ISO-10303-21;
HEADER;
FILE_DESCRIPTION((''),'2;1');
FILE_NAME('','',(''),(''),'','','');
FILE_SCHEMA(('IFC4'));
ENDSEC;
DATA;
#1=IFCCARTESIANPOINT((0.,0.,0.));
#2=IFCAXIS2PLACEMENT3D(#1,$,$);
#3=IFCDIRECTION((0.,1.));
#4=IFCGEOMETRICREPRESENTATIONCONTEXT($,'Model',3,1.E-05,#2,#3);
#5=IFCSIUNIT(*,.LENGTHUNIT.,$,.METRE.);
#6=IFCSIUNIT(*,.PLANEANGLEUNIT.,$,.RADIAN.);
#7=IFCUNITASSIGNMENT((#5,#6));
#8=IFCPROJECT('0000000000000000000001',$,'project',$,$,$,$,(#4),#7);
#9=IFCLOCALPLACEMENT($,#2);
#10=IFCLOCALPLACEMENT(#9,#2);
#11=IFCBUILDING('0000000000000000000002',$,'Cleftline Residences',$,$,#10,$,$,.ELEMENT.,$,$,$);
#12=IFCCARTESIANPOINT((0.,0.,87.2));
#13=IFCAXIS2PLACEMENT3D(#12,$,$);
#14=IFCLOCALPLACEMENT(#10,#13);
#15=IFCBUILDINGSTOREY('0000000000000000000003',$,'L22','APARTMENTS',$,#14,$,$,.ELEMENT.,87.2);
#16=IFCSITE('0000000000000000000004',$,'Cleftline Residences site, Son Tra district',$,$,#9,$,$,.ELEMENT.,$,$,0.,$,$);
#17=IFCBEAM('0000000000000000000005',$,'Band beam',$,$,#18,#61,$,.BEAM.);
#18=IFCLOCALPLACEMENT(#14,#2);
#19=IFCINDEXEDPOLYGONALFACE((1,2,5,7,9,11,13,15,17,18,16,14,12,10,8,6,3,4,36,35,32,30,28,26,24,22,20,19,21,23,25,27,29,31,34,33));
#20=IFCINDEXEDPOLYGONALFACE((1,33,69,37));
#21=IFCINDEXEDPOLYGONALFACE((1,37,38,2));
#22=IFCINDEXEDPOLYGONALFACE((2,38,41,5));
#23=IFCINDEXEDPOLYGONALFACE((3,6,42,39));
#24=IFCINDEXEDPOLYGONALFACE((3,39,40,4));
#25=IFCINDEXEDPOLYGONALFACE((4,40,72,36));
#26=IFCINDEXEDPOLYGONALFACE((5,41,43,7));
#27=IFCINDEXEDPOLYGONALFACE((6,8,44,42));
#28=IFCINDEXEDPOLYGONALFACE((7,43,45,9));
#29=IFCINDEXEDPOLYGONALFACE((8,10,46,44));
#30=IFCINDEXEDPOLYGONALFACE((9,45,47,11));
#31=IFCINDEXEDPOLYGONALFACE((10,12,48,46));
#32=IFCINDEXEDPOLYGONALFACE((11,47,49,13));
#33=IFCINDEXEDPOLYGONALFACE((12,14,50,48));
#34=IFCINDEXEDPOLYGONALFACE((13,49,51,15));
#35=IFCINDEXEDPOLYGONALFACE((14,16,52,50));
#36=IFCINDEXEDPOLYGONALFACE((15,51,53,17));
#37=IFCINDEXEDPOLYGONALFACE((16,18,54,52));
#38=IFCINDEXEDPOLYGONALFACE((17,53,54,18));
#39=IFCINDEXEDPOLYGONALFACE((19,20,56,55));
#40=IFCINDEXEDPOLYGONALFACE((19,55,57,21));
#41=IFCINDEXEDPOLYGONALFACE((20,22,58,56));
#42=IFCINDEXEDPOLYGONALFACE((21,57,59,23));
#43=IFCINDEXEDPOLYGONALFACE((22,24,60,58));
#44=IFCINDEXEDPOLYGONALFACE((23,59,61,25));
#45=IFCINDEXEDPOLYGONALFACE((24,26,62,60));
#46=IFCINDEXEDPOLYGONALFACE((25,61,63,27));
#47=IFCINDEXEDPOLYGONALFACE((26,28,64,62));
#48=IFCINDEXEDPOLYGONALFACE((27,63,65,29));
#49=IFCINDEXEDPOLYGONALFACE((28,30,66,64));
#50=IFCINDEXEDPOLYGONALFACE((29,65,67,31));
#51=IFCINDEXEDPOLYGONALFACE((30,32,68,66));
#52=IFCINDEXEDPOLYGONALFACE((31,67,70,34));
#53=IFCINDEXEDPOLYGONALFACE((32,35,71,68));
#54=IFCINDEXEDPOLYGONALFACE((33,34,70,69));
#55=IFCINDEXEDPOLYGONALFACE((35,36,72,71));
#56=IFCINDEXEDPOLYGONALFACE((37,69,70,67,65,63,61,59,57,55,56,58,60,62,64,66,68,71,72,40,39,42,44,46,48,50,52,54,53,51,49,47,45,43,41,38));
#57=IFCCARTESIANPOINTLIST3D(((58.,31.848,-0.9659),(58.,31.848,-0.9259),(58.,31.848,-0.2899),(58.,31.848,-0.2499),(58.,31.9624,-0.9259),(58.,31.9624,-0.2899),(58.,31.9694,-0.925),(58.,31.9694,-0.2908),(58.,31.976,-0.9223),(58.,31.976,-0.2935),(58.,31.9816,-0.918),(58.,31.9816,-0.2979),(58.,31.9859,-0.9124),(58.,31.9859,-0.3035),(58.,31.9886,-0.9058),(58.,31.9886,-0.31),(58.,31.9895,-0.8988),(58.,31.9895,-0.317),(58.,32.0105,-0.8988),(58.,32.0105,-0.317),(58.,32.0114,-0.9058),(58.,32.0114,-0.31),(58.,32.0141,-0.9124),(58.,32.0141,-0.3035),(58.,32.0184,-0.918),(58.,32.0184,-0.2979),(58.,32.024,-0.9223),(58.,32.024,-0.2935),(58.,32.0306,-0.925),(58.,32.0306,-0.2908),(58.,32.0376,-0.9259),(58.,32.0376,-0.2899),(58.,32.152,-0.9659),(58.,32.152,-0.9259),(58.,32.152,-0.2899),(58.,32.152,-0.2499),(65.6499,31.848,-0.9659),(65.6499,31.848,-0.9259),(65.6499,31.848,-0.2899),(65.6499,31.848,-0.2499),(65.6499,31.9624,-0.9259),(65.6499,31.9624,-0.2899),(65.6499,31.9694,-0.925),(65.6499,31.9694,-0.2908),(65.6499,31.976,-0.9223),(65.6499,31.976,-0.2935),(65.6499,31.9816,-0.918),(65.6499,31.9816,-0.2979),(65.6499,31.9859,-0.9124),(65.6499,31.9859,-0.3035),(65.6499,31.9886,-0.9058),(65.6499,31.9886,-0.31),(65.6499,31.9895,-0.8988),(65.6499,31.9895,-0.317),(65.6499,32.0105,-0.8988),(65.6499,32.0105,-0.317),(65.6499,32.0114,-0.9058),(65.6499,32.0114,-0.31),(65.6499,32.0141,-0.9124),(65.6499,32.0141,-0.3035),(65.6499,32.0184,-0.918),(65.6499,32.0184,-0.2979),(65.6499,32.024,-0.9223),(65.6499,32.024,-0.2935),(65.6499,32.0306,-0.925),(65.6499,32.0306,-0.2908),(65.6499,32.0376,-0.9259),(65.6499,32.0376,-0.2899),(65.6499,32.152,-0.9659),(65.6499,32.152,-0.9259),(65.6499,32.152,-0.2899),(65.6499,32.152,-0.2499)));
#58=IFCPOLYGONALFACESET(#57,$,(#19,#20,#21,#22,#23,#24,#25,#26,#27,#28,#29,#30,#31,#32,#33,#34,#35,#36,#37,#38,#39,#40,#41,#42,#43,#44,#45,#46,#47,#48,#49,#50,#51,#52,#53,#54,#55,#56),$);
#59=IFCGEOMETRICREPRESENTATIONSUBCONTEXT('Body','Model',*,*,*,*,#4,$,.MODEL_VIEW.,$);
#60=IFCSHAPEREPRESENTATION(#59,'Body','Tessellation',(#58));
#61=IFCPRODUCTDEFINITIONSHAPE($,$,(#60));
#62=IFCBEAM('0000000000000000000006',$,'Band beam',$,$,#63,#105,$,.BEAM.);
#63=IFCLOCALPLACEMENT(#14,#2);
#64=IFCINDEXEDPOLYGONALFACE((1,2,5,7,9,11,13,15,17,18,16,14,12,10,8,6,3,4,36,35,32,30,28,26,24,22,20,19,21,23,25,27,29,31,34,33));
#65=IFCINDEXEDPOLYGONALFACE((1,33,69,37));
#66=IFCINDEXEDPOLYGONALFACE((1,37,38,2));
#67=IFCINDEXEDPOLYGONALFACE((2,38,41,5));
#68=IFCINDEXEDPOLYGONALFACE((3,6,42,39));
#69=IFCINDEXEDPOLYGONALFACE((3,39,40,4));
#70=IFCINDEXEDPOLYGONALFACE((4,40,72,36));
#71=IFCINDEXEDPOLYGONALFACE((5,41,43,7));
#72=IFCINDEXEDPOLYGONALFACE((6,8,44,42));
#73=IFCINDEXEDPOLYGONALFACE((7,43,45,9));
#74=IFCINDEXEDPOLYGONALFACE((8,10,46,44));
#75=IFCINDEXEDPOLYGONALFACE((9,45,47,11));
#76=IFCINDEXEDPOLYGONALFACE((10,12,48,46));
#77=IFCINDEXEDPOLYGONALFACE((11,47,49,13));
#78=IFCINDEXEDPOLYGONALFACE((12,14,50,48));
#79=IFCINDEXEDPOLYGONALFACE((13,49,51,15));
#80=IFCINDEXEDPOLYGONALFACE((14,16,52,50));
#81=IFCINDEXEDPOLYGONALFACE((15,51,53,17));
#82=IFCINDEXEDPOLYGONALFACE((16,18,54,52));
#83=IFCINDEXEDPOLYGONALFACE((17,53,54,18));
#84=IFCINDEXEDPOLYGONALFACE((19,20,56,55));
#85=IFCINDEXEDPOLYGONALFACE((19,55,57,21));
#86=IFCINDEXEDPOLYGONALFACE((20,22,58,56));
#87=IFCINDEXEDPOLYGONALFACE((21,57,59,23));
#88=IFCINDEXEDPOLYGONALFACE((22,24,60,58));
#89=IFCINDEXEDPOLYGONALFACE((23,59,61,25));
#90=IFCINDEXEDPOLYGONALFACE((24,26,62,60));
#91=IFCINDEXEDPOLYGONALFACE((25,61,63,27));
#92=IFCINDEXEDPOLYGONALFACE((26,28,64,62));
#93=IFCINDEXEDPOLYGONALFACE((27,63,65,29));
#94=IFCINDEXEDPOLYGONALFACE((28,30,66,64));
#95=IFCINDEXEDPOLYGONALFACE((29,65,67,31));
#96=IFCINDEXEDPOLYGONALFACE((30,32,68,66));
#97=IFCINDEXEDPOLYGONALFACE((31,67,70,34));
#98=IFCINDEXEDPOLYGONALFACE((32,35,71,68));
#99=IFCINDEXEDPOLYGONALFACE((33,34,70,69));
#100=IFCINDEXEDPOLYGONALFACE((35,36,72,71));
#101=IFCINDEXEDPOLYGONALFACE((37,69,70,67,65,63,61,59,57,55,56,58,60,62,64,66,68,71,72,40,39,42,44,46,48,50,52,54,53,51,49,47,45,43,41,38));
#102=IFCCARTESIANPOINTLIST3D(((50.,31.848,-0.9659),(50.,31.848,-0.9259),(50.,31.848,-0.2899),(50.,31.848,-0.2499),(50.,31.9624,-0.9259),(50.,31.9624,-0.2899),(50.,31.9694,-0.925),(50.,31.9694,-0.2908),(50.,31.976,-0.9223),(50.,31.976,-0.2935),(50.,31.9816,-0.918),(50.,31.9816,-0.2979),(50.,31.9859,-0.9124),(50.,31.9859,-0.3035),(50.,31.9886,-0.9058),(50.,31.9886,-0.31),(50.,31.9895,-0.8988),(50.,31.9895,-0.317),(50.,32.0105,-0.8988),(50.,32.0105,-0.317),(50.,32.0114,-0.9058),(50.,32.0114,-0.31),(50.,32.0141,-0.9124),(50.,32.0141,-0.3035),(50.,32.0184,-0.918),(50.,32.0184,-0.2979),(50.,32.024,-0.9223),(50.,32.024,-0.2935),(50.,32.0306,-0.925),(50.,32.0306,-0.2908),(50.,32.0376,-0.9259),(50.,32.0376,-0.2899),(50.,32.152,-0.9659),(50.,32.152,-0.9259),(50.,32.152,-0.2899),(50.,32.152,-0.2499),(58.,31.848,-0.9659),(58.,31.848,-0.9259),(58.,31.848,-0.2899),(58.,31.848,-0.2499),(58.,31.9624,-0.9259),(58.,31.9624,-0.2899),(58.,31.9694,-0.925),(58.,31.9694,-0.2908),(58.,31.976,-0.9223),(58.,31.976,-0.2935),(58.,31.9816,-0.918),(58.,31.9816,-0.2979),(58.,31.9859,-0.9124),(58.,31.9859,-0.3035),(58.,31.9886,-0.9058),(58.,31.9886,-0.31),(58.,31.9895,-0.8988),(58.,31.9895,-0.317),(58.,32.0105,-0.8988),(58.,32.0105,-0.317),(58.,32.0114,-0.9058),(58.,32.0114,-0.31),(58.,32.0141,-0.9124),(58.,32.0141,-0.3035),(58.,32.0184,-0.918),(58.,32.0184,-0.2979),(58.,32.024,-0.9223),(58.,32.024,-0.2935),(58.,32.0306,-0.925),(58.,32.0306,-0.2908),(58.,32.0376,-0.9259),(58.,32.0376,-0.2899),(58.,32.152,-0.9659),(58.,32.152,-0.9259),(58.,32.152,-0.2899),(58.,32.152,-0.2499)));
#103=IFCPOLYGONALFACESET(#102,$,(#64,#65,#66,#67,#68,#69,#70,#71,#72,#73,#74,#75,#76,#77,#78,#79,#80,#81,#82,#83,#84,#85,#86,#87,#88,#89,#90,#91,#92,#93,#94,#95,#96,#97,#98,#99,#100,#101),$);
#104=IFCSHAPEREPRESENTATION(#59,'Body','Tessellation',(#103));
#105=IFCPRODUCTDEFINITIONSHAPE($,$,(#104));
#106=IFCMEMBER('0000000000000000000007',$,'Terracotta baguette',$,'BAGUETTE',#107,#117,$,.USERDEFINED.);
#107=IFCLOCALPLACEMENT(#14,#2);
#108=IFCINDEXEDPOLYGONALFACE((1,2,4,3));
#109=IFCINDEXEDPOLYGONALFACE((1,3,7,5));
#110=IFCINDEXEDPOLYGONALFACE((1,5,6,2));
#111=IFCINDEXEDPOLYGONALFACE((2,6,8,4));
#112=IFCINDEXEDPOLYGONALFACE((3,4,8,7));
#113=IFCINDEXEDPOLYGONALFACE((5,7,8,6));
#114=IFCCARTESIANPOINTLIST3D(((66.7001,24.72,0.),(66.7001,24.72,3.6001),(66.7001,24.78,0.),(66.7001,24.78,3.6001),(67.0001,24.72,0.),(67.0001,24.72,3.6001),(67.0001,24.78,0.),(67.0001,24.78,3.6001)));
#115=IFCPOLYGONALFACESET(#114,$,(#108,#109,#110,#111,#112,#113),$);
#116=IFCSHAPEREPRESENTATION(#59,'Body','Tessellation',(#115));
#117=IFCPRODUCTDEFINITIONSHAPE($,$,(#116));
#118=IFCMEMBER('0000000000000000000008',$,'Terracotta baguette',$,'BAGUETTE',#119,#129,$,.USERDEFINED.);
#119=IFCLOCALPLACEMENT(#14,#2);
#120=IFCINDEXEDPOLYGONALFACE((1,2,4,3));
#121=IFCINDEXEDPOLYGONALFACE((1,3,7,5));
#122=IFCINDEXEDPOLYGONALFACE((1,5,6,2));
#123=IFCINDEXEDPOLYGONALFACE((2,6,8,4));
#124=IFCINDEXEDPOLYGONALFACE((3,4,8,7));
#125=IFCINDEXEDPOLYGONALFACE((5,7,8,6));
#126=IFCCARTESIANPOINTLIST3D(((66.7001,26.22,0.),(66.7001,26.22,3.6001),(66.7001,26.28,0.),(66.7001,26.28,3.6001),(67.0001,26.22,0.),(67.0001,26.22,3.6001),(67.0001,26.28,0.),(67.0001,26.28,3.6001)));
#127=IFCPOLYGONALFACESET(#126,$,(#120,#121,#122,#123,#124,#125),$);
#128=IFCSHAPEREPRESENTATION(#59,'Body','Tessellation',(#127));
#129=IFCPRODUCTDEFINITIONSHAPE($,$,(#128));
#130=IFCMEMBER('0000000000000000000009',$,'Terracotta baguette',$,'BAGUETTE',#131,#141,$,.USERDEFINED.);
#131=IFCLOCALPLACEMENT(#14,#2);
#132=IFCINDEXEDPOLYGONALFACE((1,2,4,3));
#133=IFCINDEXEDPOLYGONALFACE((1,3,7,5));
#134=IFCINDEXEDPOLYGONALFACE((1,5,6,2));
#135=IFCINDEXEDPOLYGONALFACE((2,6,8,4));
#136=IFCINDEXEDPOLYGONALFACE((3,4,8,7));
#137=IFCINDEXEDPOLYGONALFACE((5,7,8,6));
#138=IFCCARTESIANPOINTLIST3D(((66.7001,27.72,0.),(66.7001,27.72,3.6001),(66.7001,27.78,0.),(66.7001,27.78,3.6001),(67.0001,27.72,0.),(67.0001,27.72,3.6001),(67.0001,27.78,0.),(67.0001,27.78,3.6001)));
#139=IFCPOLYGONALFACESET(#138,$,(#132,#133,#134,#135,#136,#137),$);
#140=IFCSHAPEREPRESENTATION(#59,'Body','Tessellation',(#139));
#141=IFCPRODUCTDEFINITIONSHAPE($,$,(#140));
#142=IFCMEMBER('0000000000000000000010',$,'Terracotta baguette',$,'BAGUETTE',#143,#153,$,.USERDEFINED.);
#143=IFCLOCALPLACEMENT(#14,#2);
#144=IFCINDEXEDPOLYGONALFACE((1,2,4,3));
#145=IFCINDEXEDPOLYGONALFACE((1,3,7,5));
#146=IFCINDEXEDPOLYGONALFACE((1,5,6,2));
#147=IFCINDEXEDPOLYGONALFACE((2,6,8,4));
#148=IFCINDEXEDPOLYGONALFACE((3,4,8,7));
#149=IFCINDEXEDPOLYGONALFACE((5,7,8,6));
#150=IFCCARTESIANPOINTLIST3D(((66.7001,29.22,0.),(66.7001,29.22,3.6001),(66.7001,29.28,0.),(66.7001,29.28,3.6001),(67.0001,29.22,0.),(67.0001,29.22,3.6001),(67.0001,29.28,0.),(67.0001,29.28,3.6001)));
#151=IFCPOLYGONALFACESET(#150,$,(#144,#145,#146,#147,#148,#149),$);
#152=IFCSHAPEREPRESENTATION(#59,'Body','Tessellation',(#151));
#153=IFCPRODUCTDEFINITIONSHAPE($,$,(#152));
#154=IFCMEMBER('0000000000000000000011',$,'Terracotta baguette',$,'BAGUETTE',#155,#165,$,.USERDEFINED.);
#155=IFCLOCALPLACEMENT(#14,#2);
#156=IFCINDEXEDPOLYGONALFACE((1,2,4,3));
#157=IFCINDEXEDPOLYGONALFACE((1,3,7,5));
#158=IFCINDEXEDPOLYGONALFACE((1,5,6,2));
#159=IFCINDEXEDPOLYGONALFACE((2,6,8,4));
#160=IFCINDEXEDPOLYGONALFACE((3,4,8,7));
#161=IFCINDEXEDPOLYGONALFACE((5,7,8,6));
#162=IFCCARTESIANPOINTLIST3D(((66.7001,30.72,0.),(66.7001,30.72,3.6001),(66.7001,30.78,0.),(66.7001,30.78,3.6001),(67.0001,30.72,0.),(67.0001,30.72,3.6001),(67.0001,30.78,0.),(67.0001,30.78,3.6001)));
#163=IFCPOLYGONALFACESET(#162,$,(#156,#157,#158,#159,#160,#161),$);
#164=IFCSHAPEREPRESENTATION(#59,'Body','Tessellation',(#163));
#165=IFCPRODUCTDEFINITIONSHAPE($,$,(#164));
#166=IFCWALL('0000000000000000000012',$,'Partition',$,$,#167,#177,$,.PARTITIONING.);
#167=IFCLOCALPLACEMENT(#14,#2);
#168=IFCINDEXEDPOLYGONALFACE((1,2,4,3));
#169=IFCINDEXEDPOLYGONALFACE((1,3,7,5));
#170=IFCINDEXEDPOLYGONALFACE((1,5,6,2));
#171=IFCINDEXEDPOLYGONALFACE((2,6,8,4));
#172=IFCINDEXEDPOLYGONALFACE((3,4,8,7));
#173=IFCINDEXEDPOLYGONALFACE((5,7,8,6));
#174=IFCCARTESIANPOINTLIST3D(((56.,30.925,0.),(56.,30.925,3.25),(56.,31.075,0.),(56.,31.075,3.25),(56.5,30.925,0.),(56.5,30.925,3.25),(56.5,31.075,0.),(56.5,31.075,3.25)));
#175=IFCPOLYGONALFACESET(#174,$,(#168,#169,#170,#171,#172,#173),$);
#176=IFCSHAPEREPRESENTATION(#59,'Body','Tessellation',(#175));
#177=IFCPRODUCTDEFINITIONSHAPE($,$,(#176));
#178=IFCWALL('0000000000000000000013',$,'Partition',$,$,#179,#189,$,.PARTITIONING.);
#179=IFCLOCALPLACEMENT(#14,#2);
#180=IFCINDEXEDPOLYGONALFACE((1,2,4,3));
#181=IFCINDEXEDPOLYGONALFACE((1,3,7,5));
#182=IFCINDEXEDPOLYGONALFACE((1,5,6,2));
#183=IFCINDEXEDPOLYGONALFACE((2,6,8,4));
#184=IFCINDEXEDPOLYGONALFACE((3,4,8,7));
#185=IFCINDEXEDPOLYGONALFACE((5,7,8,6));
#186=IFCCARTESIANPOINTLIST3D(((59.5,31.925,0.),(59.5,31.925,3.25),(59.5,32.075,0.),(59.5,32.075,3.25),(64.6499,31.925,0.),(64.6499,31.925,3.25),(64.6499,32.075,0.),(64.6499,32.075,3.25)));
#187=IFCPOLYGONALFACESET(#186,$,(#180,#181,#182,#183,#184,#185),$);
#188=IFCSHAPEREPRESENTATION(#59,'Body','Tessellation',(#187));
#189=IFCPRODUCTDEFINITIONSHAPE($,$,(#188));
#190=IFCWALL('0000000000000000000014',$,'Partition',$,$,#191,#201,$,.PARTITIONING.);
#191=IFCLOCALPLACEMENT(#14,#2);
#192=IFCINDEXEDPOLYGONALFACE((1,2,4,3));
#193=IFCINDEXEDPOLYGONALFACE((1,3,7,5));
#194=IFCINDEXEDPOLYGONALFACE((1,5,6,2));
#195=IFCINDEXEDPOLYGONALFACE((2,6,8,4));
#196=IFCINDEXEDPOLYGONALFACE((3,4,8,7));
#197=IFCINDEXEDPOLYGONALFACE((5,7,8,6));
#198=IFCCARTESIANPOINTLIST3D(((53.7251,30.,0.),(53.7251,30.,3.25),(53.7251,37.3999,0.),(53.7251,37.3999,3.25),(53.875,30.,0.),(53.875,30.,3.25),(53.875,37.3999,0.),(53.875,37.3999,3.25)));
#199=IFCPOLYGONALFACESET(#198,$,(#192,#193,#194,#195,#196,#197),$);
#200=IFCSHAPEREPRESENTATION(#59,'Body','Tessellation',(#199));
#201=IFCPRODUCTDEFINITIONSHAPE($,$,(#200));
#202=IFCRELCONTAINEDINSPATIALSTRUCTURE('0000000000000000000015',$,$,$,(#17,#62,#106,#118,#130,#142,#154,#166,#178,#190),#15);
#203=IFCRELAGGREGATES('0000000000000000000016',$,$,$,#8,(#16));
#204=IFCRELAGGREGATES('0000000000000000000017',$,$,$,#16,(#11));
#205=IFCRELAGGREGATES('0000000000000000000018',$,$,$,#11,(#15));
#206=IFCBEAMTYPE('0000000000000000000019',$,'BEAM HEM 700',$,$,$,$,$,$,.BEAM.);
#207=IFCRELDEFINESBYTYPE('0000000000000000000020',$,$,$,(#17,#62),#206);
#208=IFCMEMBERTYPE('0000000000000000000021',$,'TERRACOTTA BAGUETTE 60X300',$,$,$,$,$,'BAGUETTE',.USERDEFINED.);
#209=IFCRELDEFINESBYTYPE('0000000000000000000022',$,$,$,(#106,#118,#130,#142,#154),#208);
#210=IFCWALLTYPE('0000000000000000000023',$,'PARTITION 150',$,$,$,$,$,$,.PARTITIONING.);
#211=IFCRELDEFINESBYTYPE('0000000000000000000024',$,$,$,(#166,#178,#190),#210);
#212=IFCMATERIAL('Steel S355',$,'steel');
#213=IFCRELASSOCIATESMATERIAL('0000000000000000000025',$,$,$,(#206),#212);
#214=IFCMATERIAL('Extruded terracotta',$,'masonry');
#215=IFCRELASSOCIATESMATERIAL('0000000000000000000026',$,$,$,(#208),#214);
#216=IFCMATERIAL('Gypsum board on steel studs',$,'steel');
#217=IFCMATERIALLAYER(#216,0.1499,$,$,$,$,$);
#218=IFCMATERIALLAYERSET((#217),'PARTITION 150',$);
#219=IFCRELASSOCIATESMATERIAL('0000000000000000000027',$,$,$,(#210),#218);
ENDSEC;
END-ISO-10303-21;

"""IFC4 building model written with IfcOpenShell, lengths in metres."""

from ifc_helpers import new_model, si_unit, direction, frame, frame_2d, origin, origin_2d, place, context, subcontext, project, spatial, rectangle, i_section, extrude, material, layer, layer_set, material_profile, profile_set, type_object, element, save


model = new_model("IFC4")

# Units and contexts
model_context = context("Model", 3, precision=1e-05, world=origin(), true_north=direction((0.0, 1.0)))
body_context = subcontext(model_context, "Body", "Model", "MODEL_VIEW")
ifc_project = project(units=[si_unit("LENGTHUNIT", "METRE"), si_unit("PLANEANGLEUNIT", "RADIAN")], contexts=[model_context])

# Site, building, storey
site_placement = place(None, origin())
site = spatial("IfcSite", under=ifc_project, at=site_placement, Name="Cleftline Residences site, Son Tra district", CompositionType="ELEMENT", RefElevation=0.0)
building_placement = place(site_placement, origin())
building = spatial("IfcBuilding", under=site, at=building_placement, Name="Cleftline Residences", CompositionType="ELEMENT")
storey_placement = place(building_placement, frame((0.0, 0.0, 87.2)))
storey = spatial("IfcBuildingStorey", under=building, at=storey_placement, Name="L22", Description="APARTMENTS", CompositionType="ELEMENT", Elevation=87.2)

# Beams
ifc_material_1 = material(Name="Steel S355", Category="steel")
ifc_material_profile_1 = material_profile(ifc_material_1, i_section(OverallWidth=0.304, OverallDepth=0.7161, WebThickness=0.021, FlangeThickness=0.04, FilletRadius=0.0271, at=origin_2d()))
ifc_profile_set_1 = profile_set([ifc_material_profile_1], Name="Steel S355")
beam_type_1 = type_object("IfcBeamType", Name="BEAM HEM 700", PredefinedType="BEAM", material=ifc_profile_set_1)
beam_1_placement = place(storey_placement, frame((65.6499, 32.0, -0.6079), z_axis=(-1.0, 0.0, 0.0), x_axis=(0.0, -1.0, 0.0)))
element("IfcBeam", 1, at=beam_1_placement, inside=storey, type_object=beam_type_1, Name="Band beam", PredefinedType="BEAM", context=body_context, shape_type="SweptSolid", body=[
    extrude(i_section(OverallWidth=0.304, OverallDepth=0.7161, WebThickness=0.021, FlangeThickness=0.04, FilletRadius=0.0271, at=origin_2d()), origin(), (0.0, 0.0, 1.0), 7.6499),
])
beam_2_placement = place(storey_placement, frame((58.0, 32.0, -0.6079), z_axis=(-1.0, 0.0, 0.0), x_axis=(0.0, -1.0, 0.0)))
element("IfcBeam", 2, at=beam_2_placement, inside=storey, type_object=beam_type_1, Name="Band beam", PredefinedType="BEAM", context=body_context, shape_type="SweptSolid", body=[
    extrude(i_section(OverallWidth=0.304, OverallDepth=0.7161, WebThickness=0.021, FlangeThickness=0.04, FilletRadius=0.0271, at=origin_2d()), origin(), (0.0, 0.0, 1.0), 8.0),
])

# Members
ifc_material_2 = material(Name="Extruded terracotta", Category="masonry")
ifc_material_profile_2 = material_profile(ifc_material_2, rectangle(XDim=0.0601, YDim=0.3, at=origin_2d()))
ifc_profile_set_2 = profile_set([ifc_material_profile_2], Name="Extruded terracotta")
member_type_1 = type_object("IfcMemberType", Name="TERRACOTTA BAGUETTE 60X300", ElementType="BAGUETTE", PredefinedType="USERDEFINED", material=ifc_profile_set_2)
for number, where, z_axis, x_axis, name in (
    (3, (66.8501, 24.75, 0.0), (0.0, 0.0, 1.0), (0.0, 1.0, 0.0), "Terracotta baguette"),
    (4, (66.8501, 26.25, 0.0), (0.0, 0.0, 1.0), (0.0, 1.0, 0.0), "Terracotta baguette"),
    (5, (66.8501, 27.75, 0.0), (0.0, 0.0, 1.0), (0.0, 1.0, 0.0), "Terracotta baguette"),
    (6, (66.8501, 29.25, 0.0), (0.0, 0.0, 1.0), (0.0, 1.0, 0.0), "Terracotta baguette"),
    (7, (66.8501, 30.75, 0.0), (0.0, 0.0, 1.0), (0.0, 1.0, 0.0), "Terracotta baguette"),
):
    element("IfcMember", number, at=place(storey_placement, frame(where, z_axis=z_axis, x_axis=x_axis)), inside=storey, type_object=member_type_1, Name=name, ObjectType="BAGUETTE", PredefinedType="USERDEFINED", context=body_context, shape_type="SweptSolid", body=[
        extrude(rectangle(XDim=0.0601, YDim=0.3, at=origin_2d()), origin(), (0.0, 0.0, 1.0), 3.6001),
    ])

# Walls
ifc_material_3 = material(Name="Gypsum board on steel studs", Category="steel")
ifc_layer_1 = layer(ifc_material_3, 0.1499)
ifc_layer_set_1 = layer_set([ifc_layer_1], Name="PARTITION 150")
wall_type_1 = type_object("IfcWallType", Name="PARTITION 150", PredefinedType="PARTITIONING", material=ifc_layer_set_1)
wall_1_placement = place(storey_placement, frame((56.0, 31.0, 0.0), z_axis=(0.0, 0.0, 1.0), x_axis=(1.0, 0.0, 0.0)))
element("IfcWall", 8, at=wall_1_placement, inside=storey, type_object=wall_type_1, Name="Partition", PredefinedType="PARTITIONING", context=body_context, shape_type="SweptSolid", body=[
    extrude(rectangle(XDim=0.5, YDim=0.1499, at=frame_2d((0.25, 0.0))), origin(), (0.0, 0.0, 1.0), 3.25),
])
wall_2_placement = place(storey_placement, frame((59.5, 32.0, 0.0), z_axis=(0.0, 0.0, 1.0), x_axis=(1.0, 0.0, 0.0)))
element("IfcWall", 9, at=wall_2_placement, inside=storey, type_object=wall_type_1, Name="Partition", PredefinedType="PARTITIONING", context=body_context, shape_type="SweptSolid", body=[
    extrude(rectangle(XDim=5.1499, YDim=0.1499, at=frame_2d((2.575, 0.0))), origin(), (0.0, 0.0, 1.0), 3.25),
])
wall_3_placement = place(storey_placement, frame((53.8, 30.0, 0.0), z_axis=(0.0, 0.0, 1.0), x_axis=(0.0, 1.0, 0.0)))
element("IfcWall", 10, at=wall_3_placement, inside=storey, type_object=wall_type_1, Name="Partition", PredefinedType="PARTITIONING", context=body_context, shape_type="SweptSolid", body=[
    extrude(rectangle(XDim=7.3999, YDim=0.1499, at=frame_2d((3.7, 0.0))), origin(), (0.0, 0.0, 1.0), 3.25),
])

save(model, "model.ifc")
